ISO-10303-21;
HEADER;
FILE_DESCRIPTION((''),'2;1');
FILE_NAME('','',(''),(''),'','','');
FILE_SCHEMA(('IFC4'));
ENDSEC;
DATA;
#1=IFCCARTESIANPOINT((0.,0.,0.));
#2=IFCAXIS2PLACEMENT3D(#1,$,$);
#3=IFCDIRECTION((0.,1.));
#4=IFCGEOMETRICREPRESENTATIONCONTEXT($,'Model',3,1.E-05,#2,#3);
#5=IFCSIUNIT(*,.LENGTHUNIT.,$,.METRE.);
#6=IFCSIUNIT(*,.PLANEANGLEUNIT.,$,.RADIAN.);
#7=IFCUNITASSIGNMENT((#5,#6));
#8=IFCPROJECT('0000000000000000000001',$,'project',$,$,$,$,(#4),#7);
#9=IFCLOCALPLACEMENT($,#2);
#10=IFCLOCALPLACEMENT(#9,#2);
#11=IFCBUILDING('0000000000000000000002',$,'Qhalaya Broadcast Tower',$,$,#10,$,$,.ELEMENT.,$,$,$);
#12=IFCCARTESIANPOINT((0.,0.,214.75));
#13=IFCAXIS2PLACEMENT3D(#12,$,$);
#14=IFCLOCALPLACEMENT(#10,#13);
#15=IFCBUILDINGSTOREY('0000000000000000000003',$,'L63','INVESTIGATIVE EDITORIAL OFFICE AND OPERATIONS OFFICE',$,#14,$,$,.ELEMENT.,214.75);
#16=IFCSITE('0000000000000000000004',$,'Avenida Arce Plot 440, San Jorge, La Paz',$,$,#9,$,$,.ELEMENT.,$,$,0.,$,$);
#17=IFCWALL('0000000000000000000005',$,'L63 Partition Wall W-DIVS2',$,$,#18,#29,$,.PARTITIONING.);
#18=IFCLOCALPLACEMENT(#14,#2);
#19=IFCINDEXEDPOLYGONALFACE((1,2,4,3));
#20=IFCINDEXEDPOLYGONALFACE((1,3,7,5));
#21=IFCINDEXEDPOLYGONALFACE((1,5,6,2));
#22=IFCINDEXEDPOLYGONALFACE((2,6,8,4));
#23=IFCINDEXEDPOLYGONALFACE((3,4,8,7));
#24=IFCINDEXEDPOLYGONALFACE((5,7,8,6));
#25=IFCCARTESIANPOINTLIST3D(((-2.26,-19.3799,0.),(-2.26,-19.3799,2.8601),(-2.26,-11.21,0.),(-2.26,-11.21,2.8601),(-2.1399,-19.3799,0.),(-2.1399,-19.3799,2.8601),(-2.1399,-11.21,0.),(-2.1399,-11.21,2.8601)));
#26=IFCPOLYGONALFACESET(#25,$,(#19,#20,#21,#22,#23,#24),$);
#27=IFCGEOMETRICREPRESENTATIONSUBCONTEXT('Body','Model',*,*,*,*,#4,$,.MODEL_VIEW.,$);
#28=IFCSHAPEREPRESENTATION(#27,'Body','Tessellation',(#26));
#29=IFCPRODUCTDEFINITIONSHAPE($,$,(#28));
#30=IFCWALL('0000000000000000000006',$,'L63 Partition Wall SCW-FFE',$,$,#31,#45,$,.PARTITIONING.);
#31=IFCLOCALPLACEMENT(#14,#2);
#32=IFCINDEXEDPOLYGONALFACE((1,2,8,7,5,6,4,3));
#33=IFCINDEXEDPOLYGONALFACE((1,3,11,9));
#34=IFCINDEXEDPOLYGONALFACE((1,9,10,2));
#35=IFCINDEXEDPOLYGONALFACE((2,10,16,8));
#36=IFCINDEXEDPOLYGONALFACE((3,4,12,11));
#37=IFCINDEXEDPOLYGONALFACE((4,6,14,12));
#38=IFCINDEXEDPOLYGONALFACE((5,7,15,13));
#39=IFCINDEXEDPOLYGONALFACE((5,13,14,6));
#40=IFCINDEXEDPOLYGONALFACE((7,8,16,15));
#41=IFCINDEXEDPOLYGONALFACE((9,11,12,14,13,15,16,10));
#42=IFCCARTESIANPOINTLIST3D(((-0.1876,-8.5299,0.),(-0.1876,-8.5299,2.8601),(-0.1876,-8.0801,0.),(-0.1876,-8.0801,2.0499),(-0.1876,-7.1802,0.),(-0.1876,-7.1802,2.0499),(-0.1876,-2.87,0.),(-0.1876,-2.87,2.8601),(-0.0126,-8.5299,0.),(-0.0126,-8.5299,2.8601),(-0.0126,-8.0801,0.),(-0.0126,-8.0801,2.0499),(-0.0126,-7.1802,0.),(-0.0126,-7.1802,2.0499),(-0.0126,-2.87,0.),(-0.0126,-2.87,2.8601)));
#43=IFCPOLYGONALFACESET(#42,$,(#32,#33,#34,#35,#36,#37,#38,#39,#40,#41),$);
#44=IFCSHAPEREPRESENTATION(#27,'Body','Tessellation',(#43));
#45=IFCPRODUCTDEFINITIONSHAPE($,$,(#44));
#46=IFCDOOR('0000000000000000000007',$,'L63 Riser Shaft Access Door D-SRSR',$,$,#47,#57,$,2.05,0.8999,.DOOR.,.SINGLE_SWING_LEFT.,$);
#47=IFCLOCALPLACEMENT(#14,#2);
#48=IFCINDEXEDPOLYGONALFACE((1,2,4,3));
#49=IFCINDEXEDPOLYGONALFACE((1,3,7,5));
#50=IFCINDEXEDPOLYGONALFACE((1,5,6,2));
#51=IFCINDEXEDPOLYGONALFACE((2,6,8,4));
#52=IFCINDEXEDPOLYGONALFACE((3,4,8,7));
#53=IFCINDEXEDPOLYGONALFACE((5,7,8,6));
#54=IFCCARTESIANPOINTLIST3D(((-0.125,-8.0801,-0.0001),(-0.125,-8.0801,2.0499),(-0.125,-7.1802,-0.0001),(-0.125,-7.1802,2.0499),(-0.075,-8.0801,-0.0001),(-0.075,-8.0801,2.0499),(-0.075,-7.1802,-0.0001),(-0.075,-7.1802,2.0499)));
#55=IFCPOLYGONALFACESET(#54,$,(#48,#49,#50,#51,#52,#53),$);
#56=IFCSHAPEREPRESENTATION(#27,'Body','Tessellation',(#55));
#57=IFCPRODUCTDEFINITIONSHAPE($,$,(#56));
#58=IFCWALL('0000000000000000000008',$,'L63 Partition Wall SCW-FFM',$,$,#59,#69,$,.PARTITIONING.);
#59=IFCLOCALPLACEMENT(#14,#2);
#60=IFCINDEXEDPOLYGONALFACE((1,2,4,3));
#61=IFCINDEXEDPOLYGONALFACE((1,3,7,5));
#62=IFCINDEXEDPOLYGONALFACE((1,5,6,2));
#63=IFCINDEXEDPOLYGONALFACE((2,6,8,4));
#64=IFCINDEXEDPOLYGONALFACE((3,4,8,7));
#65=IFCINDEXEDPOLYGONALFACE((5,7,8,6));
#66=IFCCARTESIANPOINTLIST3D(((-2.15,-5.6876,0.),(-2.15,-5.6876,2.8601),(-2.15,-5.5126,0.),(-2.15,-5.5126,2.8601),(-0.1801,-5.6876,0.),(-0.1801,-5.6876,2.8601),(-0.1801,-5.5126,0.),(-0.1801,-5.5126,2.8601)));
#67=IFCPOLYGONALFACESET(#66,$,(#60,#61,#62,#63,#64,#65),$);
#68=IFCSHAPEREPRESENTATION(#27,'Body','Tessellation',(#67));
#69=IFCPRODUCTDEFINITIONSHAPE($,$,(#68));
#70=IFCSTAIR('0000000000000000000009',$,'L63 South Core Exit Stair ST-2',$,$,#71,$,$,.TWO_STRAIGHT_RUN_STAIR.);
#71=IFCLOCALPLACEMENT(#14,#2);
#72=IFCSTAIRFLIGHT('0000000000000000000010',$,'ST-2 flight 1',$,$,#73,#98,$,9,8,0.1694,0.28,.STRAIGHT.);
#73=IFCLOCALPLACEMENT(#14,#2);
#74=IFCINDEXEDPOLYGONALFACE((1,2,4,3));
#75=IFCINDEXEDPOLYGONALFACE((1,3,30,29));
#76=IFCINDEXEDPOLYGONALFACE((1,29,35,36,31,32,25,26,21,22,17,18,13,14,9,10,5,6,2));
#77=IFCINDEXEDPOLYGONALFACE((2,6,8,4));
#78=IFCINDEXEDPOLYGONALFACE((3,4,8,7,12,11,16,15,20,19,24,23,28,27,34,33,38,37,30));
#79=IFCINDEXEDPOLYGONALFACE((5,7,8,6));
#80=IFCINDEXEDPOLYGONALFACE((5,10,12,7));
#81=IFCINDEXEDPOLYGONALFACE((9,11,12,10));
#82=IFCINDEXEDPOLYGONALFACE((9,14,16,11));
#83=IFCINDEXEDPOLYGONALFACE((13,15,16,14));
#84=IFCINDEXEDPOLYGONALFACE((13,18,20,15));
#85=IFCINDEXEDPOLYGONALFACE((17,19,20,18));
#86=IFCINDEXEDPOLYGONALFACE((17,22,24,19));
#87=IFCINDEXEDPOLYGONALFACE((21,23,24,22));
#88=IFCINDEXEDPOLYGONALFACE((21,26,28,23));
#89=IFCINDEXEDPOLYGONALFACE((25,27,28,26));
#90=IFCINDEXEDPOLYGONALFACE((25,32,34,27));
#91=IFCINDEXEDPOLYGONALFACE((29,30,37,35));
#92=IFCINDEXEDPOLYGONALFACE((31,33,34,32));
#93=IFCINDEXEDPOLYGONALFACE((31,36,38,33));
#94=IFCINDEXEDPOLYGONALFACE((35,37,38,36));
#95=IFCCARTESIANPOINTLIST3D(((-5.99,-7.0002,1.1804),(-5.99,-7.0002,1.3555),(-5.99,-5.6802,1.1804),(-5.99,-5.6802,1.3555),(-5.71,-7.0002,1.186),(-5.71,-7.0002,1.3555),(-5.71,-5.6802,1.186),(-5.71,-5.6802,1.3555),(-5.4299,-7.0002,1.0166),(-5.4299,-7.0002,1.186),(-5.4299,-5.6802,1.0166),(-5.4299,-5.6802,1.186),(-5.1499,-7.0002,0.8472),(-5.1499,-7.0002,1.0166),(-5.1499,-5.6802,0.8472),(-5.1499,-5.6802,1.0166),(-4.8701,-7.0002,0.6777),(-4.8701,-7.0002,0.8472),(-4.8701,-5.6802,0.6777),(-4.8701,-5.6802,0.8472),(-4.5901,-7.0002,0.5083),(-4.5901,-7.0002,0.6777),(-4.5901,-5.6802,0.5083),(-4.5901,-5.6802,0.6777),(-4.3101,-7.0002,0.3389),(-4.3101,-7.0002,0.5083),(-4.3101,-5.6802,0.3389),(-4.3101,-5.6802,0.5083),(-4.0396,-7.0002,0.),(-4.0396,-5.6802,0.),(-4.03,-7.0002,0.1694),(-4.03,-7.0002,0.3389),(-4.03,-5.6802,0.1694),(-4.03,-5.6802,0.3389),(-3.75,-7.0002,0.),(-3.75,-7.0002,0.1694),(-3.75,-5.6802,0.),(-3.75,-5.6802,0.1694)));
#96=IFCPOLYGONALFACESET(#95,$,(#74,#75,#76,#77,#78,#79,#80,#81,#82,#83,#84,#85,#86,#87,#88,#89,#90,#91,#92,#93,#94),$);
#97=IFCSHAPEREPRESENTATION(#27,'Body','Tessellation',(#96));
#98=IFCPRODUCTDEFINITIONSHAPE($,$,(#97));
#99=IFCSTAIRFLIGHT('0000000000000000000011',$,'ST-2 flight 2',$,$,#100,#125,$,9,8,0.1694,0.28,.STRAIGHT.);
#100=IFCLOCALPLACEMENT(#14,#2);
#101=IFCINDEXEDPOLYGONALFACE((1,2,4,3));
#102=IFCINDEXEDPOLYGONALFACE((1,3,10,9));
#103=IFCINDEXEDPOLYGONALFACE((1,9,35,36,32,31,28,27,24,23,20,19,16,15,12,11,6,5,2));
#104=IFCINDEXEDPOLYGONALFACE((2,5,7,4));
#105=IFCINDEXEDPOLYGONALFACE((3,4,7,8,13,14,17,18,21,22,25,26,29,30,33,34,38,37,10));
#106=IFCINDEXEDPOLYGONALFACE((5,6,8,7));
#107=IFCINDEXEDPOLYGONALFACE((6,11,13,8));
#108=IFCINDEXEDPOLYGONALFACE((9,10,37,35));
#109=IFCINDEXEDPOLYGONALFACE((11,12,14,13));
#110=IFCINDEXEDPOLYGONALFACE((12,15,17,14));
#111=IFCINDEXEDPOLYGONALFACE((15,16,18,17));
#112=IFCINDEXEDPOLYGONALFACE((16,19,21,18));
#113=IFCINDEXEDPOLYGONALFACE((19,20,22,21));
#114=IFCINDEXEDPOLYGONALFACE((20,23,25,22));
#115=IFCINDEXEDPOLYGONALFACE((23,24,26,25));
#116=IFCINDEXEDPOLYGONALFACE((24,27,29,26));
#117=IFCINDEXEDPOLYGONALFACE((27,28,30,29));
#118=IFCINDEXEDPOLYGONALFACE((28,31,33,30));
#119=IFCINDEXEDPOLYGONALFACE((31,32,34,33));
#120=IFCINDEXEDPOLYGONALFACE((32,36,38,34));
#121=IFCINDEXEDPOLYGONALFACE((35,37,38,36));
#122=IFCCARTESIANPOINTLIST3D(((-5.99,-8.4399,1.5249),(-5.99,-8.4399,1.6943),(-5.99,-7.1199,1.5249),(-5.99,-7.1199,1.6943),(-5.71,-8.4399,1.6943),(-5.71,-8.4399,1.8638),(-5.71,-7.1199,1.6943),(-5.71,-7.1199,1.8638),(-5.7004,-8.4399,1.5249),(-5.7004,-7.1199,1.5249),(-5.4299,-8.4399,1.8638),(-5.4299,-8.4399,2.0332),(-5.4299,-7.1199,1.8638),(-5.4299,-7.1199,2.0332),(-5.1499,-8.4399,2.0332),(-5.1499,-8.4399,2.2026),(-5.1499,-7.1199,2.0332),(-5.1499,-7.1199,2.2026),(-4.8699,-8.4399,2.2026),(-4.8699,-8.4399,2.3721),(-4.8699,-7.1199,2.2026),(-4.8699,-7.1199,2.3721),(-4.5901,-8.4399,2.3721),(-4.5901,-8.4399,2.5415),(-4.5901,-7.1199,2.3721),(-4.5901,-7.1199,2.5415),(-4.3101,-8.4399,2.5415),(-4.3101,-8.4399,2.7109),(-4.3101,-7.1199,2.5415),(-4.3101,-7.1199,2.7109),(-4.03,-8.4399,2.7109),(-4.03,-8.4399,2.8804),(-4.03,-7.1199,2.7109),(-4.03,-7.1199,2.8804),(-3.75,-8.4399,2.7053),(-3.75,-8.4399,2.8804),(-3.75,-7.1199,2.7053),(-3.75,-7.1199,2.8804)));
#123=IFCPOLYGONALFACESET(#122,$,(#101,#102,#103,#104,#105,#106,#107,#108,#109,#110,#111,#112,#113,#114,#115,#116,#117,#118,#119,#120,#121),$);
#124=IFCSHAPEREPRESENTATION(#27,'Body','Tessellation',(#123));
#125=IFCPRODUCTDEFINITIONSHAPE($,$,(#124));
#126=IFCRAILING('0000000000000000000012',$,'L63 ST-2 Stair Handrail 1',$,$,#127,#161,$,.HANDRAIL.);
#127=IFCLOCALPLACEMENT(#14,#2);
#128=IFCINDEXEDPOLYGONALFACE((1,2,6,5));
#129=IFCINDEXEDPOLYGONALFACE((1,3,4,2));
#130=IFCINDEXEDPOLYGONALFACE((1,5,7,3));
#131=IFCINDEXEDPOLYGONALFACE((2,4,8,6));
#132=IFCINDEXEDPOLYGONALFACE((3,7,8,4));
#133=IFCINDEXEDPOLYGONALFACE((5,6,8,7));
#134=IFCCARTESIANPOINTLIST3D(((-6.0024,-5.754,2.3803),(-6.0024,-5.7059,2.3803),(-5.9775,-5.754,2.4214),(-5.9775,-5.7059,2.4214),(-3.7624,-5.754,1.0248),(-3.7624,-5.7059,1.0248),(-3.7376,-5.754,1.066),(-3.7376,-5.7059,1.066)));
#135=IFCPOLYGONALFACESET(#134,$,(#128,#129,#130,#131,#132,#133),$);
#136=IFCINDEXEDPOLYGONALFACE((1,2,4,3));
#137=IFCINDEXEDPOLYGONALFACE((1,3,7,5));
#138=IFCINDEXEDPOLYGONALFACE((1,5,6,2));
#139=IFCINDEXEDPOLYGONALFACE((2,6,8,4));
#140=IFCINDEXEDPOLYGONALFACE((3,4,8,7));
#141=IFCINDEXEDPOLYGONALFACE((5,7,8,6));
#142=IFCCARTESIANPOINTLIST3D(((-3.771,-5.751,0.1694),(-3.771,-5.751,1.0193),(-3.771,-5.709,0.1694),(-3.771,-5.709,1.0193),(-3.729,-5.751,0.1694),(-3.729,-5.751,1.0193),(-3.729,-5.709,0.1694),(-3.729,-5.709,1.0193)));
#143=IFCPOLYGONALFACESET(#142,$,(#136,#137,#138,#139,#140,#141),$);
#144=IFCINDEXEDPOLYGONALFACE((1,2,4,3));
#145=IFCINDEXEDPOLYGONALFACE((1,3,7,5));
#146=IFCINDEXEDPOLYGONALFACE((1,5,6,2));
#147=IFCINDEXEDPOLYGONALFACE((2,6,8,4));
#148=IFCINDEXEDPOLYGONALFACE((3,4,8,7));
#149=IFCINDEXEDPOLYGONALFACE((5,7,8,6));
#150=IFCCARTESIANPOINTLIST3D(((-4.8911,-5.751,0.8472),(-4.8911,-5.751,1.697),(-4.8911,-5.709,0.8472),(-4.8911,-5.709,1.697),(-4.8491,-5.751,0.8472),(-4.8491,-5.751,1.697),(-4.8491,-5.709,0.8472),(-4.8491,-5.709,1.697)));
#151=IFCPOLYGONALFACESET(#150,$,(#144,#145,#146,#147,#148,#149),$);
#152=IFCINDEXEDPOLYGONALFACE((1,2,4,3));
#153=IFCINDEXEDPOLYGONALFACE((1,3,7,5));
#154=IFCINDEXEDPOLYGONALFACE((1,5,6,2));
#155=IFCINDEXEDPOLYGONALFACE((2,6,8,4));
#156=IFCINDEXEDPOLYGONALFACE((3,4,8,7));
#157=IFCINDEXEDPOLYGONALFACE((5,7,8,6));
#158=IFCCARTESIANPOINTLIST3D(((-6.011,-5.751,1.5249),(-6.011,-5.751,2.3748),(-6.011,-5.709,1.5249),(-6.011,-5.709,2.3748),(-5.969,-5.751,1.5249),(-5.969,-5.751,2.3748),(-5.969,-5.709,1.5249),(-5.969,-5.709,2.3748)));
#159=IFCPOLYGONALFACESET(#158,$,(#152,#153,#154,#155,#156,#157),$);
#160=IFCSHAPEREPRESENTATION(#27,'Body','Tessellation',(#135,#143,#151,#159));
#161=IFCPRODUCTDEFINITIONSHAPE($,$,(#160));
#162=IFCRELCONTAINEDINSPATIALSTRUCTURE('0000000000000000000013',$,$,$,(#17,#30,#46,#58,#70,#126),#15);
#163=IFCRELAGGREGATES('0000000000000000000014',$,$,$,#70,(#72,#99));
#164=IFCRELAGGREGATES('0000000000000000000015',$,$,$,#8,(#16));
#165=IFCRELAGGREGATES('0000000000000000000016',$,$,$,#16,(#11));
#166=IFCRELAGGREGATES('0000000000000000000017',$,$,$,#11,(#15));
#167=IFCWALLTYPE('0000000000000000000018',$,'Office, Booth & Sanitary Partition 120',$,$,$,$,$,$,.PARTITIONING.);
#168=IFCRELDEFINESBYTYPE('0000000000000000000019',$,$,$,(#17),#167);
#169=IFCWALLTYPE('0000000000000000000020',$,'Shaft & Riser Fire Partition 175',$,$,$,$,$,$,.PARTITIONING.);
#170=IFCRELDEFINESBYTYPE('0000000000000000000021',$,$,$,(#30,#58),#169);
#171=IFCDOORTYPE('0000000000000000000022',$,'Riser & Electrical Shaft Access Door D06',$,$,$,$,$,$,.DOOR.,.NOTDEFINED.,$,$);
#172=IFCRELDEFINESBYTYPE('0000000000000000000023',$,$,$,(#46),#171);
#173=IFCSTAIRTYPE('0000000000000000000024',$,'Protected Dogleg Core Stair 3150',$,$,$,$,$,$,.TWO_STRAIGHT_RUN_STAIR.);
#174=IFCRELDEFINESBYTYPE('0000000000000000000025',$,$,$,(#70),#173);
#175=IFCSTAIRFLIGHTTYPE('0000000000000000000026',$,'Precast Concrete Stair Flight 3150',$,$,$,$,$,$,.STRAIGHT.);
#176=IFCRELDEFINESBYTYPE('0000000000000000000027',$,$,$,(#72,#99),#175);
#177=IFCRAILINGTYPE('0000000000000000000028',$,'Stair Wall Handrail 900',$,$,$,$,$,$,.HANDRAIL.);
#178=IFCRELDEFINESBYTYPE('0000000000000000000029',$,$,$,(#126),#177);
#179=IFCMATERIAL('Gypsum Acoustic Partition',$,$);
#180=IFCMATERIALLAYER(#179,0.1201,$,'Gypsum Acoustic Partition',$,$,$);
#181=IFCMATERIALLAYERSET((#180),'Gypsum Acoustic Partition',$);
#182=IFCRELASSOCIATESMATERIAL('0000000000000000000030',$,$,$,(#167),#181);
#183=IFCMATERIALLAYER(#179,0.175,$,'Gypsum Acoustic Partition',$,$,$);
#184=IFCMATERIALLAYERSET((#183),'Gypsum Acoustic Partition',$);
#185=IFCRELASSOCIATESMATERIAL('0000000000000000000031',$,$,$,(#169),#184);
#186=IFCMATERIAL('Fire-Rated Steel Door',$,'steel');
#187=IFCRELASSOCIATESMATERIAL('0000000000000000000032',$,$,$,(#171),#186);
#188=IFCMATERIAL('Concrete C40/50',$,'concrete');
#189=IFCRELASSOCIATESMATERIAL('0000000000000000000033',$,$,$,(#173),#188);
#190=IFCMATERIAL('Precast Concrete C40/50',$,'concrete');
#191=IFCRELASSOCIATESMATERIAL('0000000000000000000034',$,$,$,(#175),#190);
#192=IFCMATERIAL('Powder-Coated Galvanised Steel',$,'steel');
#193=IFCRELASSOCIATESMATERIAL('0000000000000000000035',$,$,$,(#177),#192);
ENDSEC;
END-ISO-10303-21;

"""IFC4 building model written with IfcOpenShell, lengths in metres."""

from ifc_helpers import new_model, si_unit, direction, frame, frame_2d, origin, origin_2d, place, context, subcontext, project, spatial, polyline, rectangle, outline, extrude, material, layer, layer_set, type_object, element, fill, aggregate, save


model = new_model("IFC4")

# Units and contexts
model_context = context("Model", 3, precision=1e-05, world=origin(), true_north=direction((0.0, 1.0)))
body_context = subcontext(model_context, "Body", "Model", "MODEL_VIEW")
ifc_project = project(units=[si_unit("LENGTHUNIT", "METRE"), si_unit("PLANEANGLEUNIT", "RADIAN")], contexts=[model_context])

# Site, building, storey
site_placement = place(None, origin())
site = spatial("IfcSite", under=ifc_project, at=site_placement, Name="Avenida Arce Plot 440, San Jorge, La Paz", CompositionType="ELEMENT", RefElevation=0.0)
building_placement = place(site_placement, origin())
building = spatial("IfcBuilding", under=site, at=building_placement, Name="Qhalaya Broadcast Tower", CompositionType="ELEMENT")
storey_placement = place(building_placement, frame((0.0, 0.0, 214.75)))
storey = spatial("IfcBuildingStorey", under=building, at=storey_placement, Name="L63", Description="INVESTIGATIVE EDITORIAL OFFICE AND OPERATIONS OFFICE", CompositionType="ELEMENT", Elevation=214.75)

# Shared definitions
ifc_material_1 = material(Name="Gypsum Acoustic Partition")

# Shared definitions
ifc_material_2 = material(Name="Precast Concrete C40/50", Category="concrete")

# Wall
ifc_layer_1 = layer(ifc_material_1, 0.1201, Name="Gypsum Acoustic Partition")
ifc_layer_set_1 = layer_set([ifc_layer_1], Name="Gypsum Acoustic Partition")
wall_type_1 = type_object("IfcWallType", Name="Office, Booth & Sanitary Partition 120", PredefinedType="PARTITIONING", material=ifc_layer_set_1)
for number, where, z_axis, x_axis, name in (
    (1, (-2.2, -19.3799, 0.0), (0.0, 0.0, 1.0), (0.0, 1.0, 0.0), "L63 Partition Wall W-DIVS2"),
):
    element("IfcWall", number, at=place(storey_placement, frame(where, z_axis=z_axis, x_axis=x_axis)), inside=storey, type_object=wall_type_1, Name=name, PredefinedType="PARTITIONING", context=body_context, shape_type="SweptSolid", body=[
        extrude(rectangle(XDim=8.1699, YDim=0.1201, at=frame_2d((4.085, 0.0))), origin(), (0.0, 0.0, 1.0), 2.8601),
    ])

# Wall, opening, door
ifc_layer_2 = layer(ifc_material_1, 0.175, Name="Gypsum Acoustic Partition")
ifc_layer_set_2 = layer_set([ifc_layer_2], Name="Gypsum Acoustic Partition")
wall_type_2 = type_object("IfcWallType", Name="Shaft & Riser Fire Partition 175", PredefinedType="PARTITIONING", material=ifc_layer_set_2)
wall_1_placement = place(storey_placement, frame((-0.1001, -8.53, 0.0), z_axis=(0.0, 0.0, 1.0), x_axis=(0.0, 1.0, 0.0)))
wall_1 = element("IfcWall", 2, at=wall_1_placement, inside=storey, type_object=wall_type_2, Name="L63 Partition Wall SCW-FFE", PredefinedType="PARTITIONING", context=body_context, shape_type="SweptSolid", body=[
    extrude(rectangle(XDim=5.6599, YDim=0.175, at=frame_2d((2.8301, 0.0))), origin(), (0.0, 0.0, 1.0), 2.8601),
])
opening_1_placement = place(wall_1_placement, frame((0.45, 0.0, 0.0)))
opening_1 = element("IfcOpeningElement", 3, at=opening_1_placement, cuts=wall_1, PredefinedType="OPENING", context=body_context, shape_type="SweptSolid", body=[
    extrude(rectangle(XDim=0.8999, YDim=2.05, at=frame_2d((0.45, 1.0249))), frame((0.0, 0.0996, 0.0), z_axis=(0.0, -1.0, 0.0), x_axis=(1.0, 0.0, 0.0)), (0.0, 0.0, 1.0), 0.199),
])
ifc_material_3 = material(Name="Fire-Rated Steel Door", Category="steel")
door_type_1 = type_object("IfcDoorType", Name="Riser & Electrical Shaft Access Door D06", OperationType="NOTDEFINED", PredefinedType="DOOR", material=ifc_material_3)
door_1_placement = place(opening_1_placement, origin())
door_1 = element("IfcDoor", 4, at=door_1_placement, inside=storey, type_object=door_type_1, Name="L63 Riser Shaft Access Door D-SRSR", OperationType="SINGLE_SWING_LEFT", OverallHeight=2.05, OverallWidth=0.8999, PredefinedType="DOOR", context=body_context, shape_type="SweptSolid", body=[
    extrude(rectangle(XDim=0.8999, YDim=2.05, at=frame_2d((0.45, 1.0249))), frame((0.0, 0.0249, 0.0), z_axis=(0.0, -1.0, 0.0), x_axis=(1.0, 0.0, 0.0)), (0.0, 0.0, 1.0), 0.05),
])
fill(opening_1, door_1)

# Wall
wall_2_placement = place(storey_placement, frame((-2.1499, -5.6001, 0.0), z_axis=(0.0, 0.0, 1.0), x_axis=(1.0, 0.0, 0.0)))
element("IfcWall", 5, at=wall_2_placement, inside=storey, type_object=wall_type_2, Name="L63 Partition Wall SCW-FFM", PredefinedType="PARTITIONING", context=body_context, shape_type="SweptSolid", body=[
    extrude(rectangle(XDim=1.97, YDim=0.175, at=frame_2d((0.9849, 0.0))), origin(), (0.0, 0.0, 1.0), 2.8601),
])

# Stair, stair flights
ifc_material_4 = material(Name="Concrete C40/50", Category="concrete")
stair_type = type_object("IfcStairType", Name="Protected Dogleg Core Stair 3150", PredefinedType="TWO_STRAIGHT_RUN_STAIR", material=ifc_material_4)
stair_placement = place(storey_placement, origin())
stair = element("IfcStair", 6, at=stair_placement, inside=storey, type_object=stair_type, Name="L63 South Core Exit Stair ST-2", PredefinedType="TWO_STRAIGHT_RUN_STAIR")
stair_flight_type = type_object("IfcStairFlightType", Name="Precast Concrete Stair Flight 3150", PredefinedType="STRAIGHT", material=ifc_material_2)
stair_flight_1_placement = place(storey_placement, frame((-3.75, -6.3401, 0.0), z_axis=(0.0, 0.0, 1.0), x_axis=(-1.0, 0.0, 0.0)))
stair_flight_1 = element("IfcStairFlight", 7, at=stair_flight_1_placement, type_object=stair_flight_type, Name="ST-2 flight 1", NumberOfRisers=9, NumberOfTreads=8, PredefinedType="STRAIGHT", RiserHeight=0.1694, TreadLength=0.28, context=body_context, shape_type="SweptSolid", body=[
    extrude(outline(polyline([(0.0, 0.0), (0.0, 0.1694), (0.28, 0.1694), (0.28, 0.3389), (0.5601, 0.3389), (0.5601, 0.5083), (0.8401, 0.5083), (0.8401, 0.6777), (1.1201, 0.6777), (1.1201, 0.8472), (1.3999, 0.8472), (1.3999, 1.0166), (1.6799, 1.0166), (1.6799, 1.186), (1.96, 1.186), (1.96, 1.3555), (2.24, 1.3555), (2.24, 1.5249), (2.24, 1.1804), (0.2896, 0.0), (0.0, 0.0)])), frame((0.0, 0.6602, 0.0), z_axis=(0.0, -1.0, 0.0), x_axis=(1.0, 0.0, 0.0)), (0.0, 0.0, 1.0), 1.3201),
])
stair_flight_2_placement = place(storey_placement, frame((-5.99, -7.78, 1.5249), z_axis=(0.0, 0.0, 1.0), x_axis=(1.0, 0.0, 0.0)))
stair_flight_2 = element("IfcStairFlight", 8, at=stair_flight_2_placement, type_object=stair_flight_type, Name="ST-2 flight 2", NumberOfRisers=9, NumberOfTreads=8, PredefinedType="STRAIGHT", RiserHeight=0.1694, TreadLength=0.28, context=body_context, shape_type="SweptSolid", body=[
    extrude(outline(polyline([(0.0, 0.0), (0.0, 0.1694), (0.28, 0.1694), (0.28, 0.3389), (0.5601, 0.3389), (0.5601, 0.5083), (0.8401, 0.5083), (0.8401, 0.6777), (1.1201, 0.6777), (1.1201, 0.8472), (1.3999, 0.8472), (1.3999, 1.0166), (1.6799, 1.0166), (1.6799, 1.186), (1.96, 1.186), (1.96, 1.3555), (2.24, 1.3555), (2.24, 1.5249), (2.24, 1.1804), (0.2896, 0.0), (0.0, 0.0)])), frame((0.0, 0.6602, 0.0), z_axis=(0.0, -1.0, 0.0), x_axis=(1.0, 0.0, 0.0)), (0.0, 0.0, 1.0), 1.3201),
])
aggregate(stair, [stair_flight_1, stair_flight_2])

# Railing
ifc_material_5 = material(Name="Powder-Coated Galvanised Steel", Category="steel")
railing_type_1 = type_object("IfcRailingType", Name="Stair Wall Handrail 900", PredefinedType="HANDRAIL", material=ifc_material_5)
railing_1_placement = place(storey_placement, frame((-3.75, -5.73, 0.1694)))
element("IfcRailing", 9, at=railing_1_placement, inside=storey, type_object=railing_type_1, Name="L63 ST-2 Stair Handrail 1", PredefinedType="HANDRAIL", context=body_context, shape_type="SweptSolid", body=[
    extrude(rectangle(XDim=0.0481, YDim=0.0481, at=origin_2d()), frame((0.0, 0.0, 0.876), z_axis=(-0.855553, 0.0, 0.517715), x_axis=(0.0, -1.0, 0.0)), (0.0, 0.0, 1.0), 2.6182),
    extrude(rectangle(XDim=0.042, YDim=0.042, at=origin_2d()), origin(), (0.0, 0.0, 1.0), 0.8499),
    extrude(rectangle(XDim=0.042, YDim=0.042, at=origin_2d()), frame((-1.1201, 0.0, 0.6777)), (0.0, 0.0, 1.0), 0.8499),
    extrude(rectangle(XDim=0.042, YDim=0.042, at=origin_2d()), frame((-2.24, 0.0, 1.3555)), (0.0, 0.0, 1.0), 0.8499),
])

save(model, "model.ifc")
